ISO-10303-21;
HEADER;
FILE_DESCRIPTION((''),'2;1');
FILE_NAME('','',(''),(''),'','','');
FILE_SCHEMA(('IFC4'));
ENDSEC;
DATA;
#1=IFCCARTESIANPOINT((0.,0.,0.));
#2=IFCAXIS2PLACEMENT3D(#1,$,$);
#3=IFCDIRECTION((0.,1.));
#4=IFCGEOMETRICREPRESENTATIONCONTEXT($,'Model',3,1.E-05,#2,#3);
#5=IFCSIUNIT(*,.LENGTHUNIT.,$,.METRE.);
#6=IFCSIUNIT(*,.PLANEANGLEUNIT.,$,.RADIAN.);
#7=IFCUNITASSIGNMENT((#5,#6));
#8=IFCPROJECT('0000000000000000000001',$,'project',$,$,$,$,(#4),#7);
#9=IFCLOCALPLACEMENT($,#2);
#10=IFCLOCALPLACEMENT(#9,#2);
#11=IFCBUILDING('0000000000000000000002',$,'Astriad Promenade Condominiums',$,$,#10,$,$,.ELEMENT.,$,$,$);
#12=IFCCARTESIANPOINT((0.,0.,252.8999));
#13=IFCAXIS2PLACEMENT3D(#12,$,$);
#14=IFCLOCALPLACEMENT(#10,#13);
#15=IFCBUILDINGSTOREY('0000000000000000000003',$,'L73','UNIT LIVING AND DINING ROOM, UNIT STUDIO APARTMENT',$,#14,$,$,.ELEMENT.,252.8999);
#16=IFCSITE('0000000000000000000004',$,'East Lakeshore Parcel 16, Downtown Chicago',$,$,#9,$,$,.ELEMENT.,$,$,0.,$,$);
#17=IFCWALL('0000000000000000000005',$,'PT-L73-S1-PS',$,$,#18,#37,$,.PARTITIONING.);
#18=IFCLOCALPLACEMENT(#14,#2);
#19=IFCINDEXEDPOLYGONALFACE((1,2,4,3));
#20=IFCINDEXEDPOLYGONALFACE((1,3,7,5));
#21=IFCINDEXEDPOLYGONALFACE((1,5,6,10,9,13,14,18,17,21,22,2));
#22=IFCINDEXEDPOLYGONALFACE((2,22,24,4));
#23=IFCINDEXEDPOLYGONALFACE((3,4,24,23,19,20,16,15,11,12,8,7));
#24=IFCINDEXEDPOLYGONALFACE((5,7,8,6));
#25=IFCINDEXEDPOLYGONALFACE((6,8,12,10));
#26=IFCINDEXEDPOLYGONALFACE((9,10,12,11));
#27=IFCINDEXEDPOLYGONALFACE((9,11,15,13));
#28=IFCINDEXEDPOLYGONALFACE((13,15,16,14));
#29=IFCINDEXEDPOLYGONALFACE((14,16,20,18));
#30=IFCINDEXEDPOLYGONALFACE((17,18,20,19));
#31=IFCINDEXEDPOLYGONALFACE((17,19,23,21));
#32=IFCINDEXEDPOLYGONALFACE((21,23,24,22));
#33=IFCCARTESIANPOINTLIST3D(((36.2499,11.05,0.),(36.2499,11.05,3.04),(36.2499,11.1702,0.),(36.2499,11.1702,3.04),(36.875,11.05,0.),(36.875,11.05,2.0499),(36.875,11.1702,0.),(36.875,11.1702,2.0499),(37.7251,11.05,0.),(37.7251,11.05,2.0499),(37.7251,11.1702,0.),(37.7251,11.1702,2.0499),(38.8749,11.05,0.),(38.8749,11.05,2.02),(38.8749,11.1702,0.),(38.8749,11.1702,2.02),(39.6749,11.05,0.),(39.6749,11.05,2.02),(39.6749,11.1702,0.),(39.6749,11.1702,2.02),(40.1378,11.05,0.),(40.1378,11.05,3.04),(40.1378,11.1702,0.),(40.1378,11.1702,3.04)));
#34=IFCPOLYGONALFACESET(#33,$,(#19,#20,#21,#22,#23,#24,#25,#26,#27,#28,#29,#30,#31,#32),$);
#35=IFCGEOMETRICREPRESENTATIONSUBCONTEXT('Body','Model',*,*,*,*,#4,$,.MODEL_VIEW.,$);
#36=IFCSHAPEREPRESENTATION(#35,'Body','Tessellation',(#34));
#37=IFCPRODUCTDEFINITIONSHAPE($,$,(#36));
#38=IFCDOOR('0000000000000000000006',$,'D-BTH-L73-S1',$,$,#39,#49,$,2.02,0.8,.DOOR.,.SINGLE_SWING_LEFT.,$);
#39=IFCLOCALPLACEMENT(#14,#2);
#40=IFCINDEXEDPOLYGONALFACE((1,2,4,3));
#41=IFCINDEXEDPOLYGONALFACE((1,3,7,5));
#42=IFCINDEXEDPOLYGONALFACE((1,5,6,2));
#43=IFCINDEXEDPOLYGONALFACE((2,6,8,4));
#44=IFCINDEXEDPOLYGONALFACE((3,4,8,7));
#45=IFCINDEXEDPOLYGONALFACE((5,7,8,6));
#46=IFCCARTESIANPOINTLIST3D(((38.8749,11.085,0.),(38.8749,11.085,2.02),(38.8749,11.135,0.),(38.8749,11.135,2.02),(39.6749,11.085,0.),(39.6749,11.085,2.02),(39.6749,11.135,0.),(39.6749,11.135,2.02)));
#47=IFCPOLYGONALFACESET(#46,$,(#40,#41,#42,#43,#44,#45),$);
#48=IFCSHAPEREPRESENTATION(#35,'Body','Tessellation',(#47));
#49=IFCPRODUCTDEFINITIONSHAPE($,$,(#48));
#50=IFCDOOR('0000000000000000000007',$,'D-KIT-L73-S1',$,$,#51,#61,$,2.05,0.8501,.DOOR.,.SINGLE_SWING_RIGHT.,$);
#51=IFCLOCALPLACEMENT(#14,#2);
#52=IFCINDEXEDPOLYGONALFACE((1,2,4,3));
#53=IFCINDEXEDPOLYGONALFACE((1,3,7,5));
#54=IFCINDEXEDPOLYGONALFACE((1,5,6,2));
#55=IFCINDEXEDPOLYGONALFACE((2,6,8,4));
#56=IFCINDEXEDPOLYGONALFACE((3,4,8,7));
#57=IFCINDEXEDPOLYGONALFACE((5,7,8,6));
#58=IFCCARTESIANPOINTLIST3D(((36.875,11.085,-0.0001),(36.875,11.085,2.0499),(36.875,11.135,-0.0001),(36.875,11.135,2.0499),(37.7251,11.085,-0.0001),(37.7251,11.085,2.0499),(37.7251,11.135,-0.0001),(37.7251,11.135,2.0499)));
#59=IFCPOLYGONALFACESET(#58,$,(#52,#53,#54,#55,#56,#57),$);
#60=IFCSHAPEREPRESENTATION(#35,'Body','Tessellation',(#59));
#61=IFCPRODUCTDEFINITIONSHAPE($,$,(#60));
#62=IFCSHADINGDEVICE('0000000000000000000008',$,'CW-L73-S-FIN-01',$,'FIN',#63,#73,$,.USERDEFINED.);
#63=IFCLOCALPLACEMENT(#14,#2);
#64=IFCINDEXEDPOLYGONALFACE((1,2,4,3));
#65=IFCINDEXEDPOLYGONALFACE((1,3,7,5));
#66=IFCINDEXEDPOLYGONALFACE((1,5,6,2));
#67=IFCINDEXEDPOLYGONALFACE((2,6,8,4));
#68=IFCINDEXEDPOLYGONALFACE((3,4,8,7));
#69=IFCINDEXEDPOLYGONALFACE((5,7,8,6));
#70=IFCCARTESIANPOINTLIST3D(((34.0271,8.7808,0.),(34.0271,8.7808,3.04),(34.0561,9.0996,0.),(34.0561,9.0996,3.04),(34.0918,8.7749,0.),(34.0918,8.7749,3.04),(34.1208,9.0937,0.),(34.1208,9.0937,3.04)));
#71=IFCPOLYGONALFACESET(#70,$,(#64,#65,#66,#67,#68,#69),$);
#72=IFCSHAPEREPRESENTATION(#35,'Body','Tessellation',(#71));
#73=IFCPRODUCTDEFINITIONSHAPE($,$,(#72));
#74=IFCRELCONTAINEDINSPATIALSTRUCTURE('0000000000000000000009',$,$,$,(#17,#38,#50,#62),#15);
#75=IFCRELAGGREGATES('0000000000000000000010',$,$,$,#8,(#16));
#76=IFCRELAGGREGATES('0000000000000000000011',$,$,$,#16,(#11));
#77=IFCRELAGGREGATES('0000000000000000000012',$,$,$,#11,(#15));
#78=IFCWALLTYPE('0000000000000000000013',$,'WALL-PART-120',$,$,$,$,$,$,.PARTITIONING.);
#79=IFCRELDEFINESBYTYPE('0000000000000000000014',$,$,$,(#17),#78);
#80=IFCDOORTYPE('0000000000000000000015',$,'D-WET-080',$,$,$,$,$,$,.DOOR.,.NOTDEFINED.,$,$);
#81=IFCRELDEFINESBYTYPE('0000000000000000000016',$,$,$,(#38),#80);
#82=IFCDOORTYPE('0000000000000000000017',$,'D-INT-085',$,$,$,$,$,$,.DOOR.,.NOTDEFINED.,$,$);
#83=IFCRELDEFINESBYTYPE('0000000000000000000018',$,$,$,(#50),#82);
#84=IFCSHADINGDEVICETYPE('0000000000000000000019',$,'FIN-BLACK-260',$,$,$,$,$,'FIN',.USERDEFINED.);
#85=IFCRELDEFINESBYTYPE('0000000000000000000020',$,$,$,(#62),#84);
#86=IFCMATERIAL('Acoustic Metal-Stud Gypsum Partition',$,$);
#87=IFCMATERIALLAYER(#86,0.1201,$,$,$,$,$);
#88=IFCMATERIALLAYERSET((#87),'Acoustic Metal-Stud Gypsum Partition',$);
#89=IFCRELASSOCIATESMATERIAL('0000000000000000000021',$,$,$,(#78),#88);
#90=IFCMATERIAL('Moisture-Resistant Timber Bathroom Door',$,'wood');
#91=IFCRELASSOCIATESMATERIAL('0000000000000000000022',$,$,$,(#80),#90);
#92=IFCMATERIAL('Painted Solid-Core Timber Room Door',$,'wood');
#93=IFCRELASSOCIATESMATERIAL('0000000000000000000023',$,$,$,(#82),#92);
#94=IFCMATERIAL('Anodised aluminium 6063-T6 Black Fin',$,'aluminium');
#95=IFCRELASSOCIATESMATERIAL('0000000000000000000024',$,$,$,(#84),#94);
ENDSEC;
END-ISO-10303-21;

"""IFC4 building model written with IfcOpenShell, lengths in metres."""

from ifc_helpers import new_model, si_unit, direction, frame, frame_2d, origin, origin_2d, place, context, subcontext, project, spatial, rectangle, extrude, source, transform, mapped, material, layer, layer_set, type_object, type_shapes, element, fill, save


model = new_model("IFC4")

# Units and contexts
model_context = context("Model", 3, precision=1e-05, world=origin(), true_north=direction((0.0, 1.0)))
body_context = subcontext(model_context, "Body", "Model", "MODEL_VIEW")
ifc_project = project(units=[si_unit("LENGTHUNIT", "METRE"), si_unit("PLANEANGLEUNIT", "RADIAN")], contexts=[model_context])

# Site, building, storey
site_placement = place(None, origin())
site = spatial("IfcSite", under=ifc_project, at=site_placement, Name="East Lakeshore Parcel 16, Downtown Chicago", CompositionType="ELEMENT", RefElevation=0.0)
building_placement = place(site_placement, origin())
building = spatial("IfcBuilding", under=site, at=building_placement, Name="Astriad Promenade Condominiums", CompositionType="ELEMENT")
storey_placement = place(building_placement, frame((0.0, 0.0, 252.8999)))
storey = spatial("IfcBuildingStorey", under=building, at=storey_placement, Name="L73", Description="UNIT LIVING AND DINING ROOM, UNIT STUDIO APARTMENT", CompositionType="ELEMENT", Elevation=252.8999)

# Wall, openings, doors
ifc_material_1 = material(Name="Acoustic Metal-Stud Gypsum Partition")
ifc_layer_1 = layer(ifc_material_1, 0.1201)
ifc_layer_set_1 = layer_set([ifc_layer_1], Name="Acoustic Metal-Stud Gypsum Partition")
wall_type_1 = type_object("IfcWallType", Name="WALL-PART-120", PredefinedType="PARTITIONING", material=ifc_layer_set_1)
wall_1_placement = place(storey_placement, frame((36.25, 11.1101, 0.0), z_axis=(0.0, 0.0, 1.0), x_axis=(1.0, 0.0, 0.0)))
wall_1 = element("IfcWall", 1, at=wall_1_placement, inside=storey, type_object=wall_type_1, Name="PT-L73-S1-PS", PredefinedType="PARTITIONING", context=body_context, shape_type="SweptSolid", body=[
    extrude(rectangle(XDim=3.8879, YDim=0.1201, at=frame_2d((1.9438, 0.0))), origin(), (0.0, 0.0, 1.0), 3.04),
])
opening_1_placement = place(wall_1_placement, frame((0.625, 0.0, 0.0)))
opening_1 = element("IfcOpeningElement", 2, at=opening_1_placement, cuts=wall_1, PredefinedType="OPENING", context=body_context, shape_type="SweptSolid", body=[
    extrude(rectangle(XDim=0.8501, YDim=2.05, at=frame_2d((0.425, 1.0249))), frame((0.0, 0.0701, 0.0), z_axis=(0.0, -1.0, 0.0), x_axis=(1.0, 0.0, 0.0)), (0.0, 0.0, 1.0), 0.1401),
])
opening_2_placement = place(wall_1_placement, frame((2.625, 0.0, 0.0)))
opening_2 = element("IfcOpeningElement", 3, at=opening_2_placement, cuts=wall_1, PredefinedType="OPENING", context=body_context, shape_type="SweptSolid", body=[
    extrude(rectangle(XDim=0.8, YDim=2.02, at=frame_2d((0.3999, 1.01))), frame((0.0, 0.0701, 0.0), z_axis=(0.0, -1.0, 0.0), x_axis=(1.0, 0.0, 0.0)), (0.0, 0.0, 1.0), 0.1401),
])
ifc_material_2 = material(Name="Moisture-Resistant Timber Bathroom Door", Category="wood")
door_type_1 = type_object("IfcDoorType", Name="D-WET-080", OperationType="NOTDEFINED", PredefinedType="DOOR", material=ifc_material_2)
shared_shape_1 = source(origin(), body_context, "Body", "SweptSolid", [
    extrude(rectangle(XDim=0.8, YDim=2.02, at=frame_2d((0.3999, 1.01))), frame((0.0, 0.0249, 0.0), z_axis=(0.0, -1.0, 0.0), x_axis=(1.0, 0.0, 0.0)), (0.0, 0.0, 1.0), 0.05),
])
type_shapes(door_type_1, [shared_shape_1])
door_1_placement = place(opening_2_placement, origin())
door_1 = element("IfcDoor", 4, at=door_1_placement, inside=storey, type_object=door_type_1, Name="D-BTH-L73-S1", OperationType="SINGLE_SWING_LEFT", OverallHeight=2.02, OverallWidth=0.8, PredefinedType="DOOR", context=body_context, shape_type="MappedRepresentation", body=[
    mapped(shared_shape_1, transform((0.0, 0.0, 0.0), scale=1.0)),
])
fill(opening_2, door_1)
ifc_material_3 = material(Name="Painted Solid-Core Timber Room Door", Category="wood")
door_type_2 = type_object("IfcDoorType", Name="D-INT-085", OperationType="NOTDEFINED", PredefinedType="DOOR", material=ifc_material_3)
shared_shape_2 = source(origin(), body_context, "Body", "SweptSolid", [
    extrude(rectangle(XDim=0.8501, YDim=2.05, at=frame_2d((0.425, 1.0249))), frame((0.0, 0.0249, 0.0), z_axis=(0.0, -1.0, 0.0), x_axis=(1.0, 0.0, 0.0)), (0.0, 0.0, 1.0), 0.05),
])
type_shapes(door_type_2, [shared_shape_2])
door_2_placement = place(opening_1_placement, origin())
door_2 = element("IfcDoor", 5, at=door_2_placement, inside=storey, type_object=door_type_2, Name="D-KIT-L73-S1", OperationType="SINGLE_SWING_RIGHT", OverallHeight=2.05, OverallWidth=0.8501, PredefinedType="DOOR", context=body_context, shape_type="MappedRepresentation", body=[
    mapped(shared_shape_2, transform((0.0, 0.0, 0.0), scale=1.0)),
])
fill(opening_1, door_2)

# Shading device
ifc_material_4 = material(Name="Anodised aluminium 6063-T6 Black Fin", Category="aluminium")
shading_device_type = type_object("IfcShadingDeviceType", Name="FIN-BLACK-260", ElementType="FIN", PredefinedType="USERDEFINED", material=ifc_material_4)
shared_shape_3 = source(origin(), body_context, "Body", "SweptSolid", [
    extrude(rectangle(XDim=0.0649, YDim=0.3201, at=origin_2d()), origin(), (0.0, 0.0, 1.0), 3.04),
])
type_shapes(shading_device_type, [shared_shape_3])
shading_device_placement = place(storey_placement, frame((34.074, 8.9373, 0.0), z_axis=(0.0, 0.0, 1.0), x_axis=(-0.995884, 0.090633, 0.0)))
element("IfcShadingDevice", 6, at=shading_device_placement, inside=storey, type_object=shading_device_type, Name="CW-L73-S-FIN-01", ObjectType="FIN", PredefinedType="USERDEFINED", context=body_context, shape_type="MappedRepresentation", body=[
    mapped(shared_shape_3, transform((0.0, 0.0, 0.0), scale=1.0)),
])

save(model, "model.ifc")
